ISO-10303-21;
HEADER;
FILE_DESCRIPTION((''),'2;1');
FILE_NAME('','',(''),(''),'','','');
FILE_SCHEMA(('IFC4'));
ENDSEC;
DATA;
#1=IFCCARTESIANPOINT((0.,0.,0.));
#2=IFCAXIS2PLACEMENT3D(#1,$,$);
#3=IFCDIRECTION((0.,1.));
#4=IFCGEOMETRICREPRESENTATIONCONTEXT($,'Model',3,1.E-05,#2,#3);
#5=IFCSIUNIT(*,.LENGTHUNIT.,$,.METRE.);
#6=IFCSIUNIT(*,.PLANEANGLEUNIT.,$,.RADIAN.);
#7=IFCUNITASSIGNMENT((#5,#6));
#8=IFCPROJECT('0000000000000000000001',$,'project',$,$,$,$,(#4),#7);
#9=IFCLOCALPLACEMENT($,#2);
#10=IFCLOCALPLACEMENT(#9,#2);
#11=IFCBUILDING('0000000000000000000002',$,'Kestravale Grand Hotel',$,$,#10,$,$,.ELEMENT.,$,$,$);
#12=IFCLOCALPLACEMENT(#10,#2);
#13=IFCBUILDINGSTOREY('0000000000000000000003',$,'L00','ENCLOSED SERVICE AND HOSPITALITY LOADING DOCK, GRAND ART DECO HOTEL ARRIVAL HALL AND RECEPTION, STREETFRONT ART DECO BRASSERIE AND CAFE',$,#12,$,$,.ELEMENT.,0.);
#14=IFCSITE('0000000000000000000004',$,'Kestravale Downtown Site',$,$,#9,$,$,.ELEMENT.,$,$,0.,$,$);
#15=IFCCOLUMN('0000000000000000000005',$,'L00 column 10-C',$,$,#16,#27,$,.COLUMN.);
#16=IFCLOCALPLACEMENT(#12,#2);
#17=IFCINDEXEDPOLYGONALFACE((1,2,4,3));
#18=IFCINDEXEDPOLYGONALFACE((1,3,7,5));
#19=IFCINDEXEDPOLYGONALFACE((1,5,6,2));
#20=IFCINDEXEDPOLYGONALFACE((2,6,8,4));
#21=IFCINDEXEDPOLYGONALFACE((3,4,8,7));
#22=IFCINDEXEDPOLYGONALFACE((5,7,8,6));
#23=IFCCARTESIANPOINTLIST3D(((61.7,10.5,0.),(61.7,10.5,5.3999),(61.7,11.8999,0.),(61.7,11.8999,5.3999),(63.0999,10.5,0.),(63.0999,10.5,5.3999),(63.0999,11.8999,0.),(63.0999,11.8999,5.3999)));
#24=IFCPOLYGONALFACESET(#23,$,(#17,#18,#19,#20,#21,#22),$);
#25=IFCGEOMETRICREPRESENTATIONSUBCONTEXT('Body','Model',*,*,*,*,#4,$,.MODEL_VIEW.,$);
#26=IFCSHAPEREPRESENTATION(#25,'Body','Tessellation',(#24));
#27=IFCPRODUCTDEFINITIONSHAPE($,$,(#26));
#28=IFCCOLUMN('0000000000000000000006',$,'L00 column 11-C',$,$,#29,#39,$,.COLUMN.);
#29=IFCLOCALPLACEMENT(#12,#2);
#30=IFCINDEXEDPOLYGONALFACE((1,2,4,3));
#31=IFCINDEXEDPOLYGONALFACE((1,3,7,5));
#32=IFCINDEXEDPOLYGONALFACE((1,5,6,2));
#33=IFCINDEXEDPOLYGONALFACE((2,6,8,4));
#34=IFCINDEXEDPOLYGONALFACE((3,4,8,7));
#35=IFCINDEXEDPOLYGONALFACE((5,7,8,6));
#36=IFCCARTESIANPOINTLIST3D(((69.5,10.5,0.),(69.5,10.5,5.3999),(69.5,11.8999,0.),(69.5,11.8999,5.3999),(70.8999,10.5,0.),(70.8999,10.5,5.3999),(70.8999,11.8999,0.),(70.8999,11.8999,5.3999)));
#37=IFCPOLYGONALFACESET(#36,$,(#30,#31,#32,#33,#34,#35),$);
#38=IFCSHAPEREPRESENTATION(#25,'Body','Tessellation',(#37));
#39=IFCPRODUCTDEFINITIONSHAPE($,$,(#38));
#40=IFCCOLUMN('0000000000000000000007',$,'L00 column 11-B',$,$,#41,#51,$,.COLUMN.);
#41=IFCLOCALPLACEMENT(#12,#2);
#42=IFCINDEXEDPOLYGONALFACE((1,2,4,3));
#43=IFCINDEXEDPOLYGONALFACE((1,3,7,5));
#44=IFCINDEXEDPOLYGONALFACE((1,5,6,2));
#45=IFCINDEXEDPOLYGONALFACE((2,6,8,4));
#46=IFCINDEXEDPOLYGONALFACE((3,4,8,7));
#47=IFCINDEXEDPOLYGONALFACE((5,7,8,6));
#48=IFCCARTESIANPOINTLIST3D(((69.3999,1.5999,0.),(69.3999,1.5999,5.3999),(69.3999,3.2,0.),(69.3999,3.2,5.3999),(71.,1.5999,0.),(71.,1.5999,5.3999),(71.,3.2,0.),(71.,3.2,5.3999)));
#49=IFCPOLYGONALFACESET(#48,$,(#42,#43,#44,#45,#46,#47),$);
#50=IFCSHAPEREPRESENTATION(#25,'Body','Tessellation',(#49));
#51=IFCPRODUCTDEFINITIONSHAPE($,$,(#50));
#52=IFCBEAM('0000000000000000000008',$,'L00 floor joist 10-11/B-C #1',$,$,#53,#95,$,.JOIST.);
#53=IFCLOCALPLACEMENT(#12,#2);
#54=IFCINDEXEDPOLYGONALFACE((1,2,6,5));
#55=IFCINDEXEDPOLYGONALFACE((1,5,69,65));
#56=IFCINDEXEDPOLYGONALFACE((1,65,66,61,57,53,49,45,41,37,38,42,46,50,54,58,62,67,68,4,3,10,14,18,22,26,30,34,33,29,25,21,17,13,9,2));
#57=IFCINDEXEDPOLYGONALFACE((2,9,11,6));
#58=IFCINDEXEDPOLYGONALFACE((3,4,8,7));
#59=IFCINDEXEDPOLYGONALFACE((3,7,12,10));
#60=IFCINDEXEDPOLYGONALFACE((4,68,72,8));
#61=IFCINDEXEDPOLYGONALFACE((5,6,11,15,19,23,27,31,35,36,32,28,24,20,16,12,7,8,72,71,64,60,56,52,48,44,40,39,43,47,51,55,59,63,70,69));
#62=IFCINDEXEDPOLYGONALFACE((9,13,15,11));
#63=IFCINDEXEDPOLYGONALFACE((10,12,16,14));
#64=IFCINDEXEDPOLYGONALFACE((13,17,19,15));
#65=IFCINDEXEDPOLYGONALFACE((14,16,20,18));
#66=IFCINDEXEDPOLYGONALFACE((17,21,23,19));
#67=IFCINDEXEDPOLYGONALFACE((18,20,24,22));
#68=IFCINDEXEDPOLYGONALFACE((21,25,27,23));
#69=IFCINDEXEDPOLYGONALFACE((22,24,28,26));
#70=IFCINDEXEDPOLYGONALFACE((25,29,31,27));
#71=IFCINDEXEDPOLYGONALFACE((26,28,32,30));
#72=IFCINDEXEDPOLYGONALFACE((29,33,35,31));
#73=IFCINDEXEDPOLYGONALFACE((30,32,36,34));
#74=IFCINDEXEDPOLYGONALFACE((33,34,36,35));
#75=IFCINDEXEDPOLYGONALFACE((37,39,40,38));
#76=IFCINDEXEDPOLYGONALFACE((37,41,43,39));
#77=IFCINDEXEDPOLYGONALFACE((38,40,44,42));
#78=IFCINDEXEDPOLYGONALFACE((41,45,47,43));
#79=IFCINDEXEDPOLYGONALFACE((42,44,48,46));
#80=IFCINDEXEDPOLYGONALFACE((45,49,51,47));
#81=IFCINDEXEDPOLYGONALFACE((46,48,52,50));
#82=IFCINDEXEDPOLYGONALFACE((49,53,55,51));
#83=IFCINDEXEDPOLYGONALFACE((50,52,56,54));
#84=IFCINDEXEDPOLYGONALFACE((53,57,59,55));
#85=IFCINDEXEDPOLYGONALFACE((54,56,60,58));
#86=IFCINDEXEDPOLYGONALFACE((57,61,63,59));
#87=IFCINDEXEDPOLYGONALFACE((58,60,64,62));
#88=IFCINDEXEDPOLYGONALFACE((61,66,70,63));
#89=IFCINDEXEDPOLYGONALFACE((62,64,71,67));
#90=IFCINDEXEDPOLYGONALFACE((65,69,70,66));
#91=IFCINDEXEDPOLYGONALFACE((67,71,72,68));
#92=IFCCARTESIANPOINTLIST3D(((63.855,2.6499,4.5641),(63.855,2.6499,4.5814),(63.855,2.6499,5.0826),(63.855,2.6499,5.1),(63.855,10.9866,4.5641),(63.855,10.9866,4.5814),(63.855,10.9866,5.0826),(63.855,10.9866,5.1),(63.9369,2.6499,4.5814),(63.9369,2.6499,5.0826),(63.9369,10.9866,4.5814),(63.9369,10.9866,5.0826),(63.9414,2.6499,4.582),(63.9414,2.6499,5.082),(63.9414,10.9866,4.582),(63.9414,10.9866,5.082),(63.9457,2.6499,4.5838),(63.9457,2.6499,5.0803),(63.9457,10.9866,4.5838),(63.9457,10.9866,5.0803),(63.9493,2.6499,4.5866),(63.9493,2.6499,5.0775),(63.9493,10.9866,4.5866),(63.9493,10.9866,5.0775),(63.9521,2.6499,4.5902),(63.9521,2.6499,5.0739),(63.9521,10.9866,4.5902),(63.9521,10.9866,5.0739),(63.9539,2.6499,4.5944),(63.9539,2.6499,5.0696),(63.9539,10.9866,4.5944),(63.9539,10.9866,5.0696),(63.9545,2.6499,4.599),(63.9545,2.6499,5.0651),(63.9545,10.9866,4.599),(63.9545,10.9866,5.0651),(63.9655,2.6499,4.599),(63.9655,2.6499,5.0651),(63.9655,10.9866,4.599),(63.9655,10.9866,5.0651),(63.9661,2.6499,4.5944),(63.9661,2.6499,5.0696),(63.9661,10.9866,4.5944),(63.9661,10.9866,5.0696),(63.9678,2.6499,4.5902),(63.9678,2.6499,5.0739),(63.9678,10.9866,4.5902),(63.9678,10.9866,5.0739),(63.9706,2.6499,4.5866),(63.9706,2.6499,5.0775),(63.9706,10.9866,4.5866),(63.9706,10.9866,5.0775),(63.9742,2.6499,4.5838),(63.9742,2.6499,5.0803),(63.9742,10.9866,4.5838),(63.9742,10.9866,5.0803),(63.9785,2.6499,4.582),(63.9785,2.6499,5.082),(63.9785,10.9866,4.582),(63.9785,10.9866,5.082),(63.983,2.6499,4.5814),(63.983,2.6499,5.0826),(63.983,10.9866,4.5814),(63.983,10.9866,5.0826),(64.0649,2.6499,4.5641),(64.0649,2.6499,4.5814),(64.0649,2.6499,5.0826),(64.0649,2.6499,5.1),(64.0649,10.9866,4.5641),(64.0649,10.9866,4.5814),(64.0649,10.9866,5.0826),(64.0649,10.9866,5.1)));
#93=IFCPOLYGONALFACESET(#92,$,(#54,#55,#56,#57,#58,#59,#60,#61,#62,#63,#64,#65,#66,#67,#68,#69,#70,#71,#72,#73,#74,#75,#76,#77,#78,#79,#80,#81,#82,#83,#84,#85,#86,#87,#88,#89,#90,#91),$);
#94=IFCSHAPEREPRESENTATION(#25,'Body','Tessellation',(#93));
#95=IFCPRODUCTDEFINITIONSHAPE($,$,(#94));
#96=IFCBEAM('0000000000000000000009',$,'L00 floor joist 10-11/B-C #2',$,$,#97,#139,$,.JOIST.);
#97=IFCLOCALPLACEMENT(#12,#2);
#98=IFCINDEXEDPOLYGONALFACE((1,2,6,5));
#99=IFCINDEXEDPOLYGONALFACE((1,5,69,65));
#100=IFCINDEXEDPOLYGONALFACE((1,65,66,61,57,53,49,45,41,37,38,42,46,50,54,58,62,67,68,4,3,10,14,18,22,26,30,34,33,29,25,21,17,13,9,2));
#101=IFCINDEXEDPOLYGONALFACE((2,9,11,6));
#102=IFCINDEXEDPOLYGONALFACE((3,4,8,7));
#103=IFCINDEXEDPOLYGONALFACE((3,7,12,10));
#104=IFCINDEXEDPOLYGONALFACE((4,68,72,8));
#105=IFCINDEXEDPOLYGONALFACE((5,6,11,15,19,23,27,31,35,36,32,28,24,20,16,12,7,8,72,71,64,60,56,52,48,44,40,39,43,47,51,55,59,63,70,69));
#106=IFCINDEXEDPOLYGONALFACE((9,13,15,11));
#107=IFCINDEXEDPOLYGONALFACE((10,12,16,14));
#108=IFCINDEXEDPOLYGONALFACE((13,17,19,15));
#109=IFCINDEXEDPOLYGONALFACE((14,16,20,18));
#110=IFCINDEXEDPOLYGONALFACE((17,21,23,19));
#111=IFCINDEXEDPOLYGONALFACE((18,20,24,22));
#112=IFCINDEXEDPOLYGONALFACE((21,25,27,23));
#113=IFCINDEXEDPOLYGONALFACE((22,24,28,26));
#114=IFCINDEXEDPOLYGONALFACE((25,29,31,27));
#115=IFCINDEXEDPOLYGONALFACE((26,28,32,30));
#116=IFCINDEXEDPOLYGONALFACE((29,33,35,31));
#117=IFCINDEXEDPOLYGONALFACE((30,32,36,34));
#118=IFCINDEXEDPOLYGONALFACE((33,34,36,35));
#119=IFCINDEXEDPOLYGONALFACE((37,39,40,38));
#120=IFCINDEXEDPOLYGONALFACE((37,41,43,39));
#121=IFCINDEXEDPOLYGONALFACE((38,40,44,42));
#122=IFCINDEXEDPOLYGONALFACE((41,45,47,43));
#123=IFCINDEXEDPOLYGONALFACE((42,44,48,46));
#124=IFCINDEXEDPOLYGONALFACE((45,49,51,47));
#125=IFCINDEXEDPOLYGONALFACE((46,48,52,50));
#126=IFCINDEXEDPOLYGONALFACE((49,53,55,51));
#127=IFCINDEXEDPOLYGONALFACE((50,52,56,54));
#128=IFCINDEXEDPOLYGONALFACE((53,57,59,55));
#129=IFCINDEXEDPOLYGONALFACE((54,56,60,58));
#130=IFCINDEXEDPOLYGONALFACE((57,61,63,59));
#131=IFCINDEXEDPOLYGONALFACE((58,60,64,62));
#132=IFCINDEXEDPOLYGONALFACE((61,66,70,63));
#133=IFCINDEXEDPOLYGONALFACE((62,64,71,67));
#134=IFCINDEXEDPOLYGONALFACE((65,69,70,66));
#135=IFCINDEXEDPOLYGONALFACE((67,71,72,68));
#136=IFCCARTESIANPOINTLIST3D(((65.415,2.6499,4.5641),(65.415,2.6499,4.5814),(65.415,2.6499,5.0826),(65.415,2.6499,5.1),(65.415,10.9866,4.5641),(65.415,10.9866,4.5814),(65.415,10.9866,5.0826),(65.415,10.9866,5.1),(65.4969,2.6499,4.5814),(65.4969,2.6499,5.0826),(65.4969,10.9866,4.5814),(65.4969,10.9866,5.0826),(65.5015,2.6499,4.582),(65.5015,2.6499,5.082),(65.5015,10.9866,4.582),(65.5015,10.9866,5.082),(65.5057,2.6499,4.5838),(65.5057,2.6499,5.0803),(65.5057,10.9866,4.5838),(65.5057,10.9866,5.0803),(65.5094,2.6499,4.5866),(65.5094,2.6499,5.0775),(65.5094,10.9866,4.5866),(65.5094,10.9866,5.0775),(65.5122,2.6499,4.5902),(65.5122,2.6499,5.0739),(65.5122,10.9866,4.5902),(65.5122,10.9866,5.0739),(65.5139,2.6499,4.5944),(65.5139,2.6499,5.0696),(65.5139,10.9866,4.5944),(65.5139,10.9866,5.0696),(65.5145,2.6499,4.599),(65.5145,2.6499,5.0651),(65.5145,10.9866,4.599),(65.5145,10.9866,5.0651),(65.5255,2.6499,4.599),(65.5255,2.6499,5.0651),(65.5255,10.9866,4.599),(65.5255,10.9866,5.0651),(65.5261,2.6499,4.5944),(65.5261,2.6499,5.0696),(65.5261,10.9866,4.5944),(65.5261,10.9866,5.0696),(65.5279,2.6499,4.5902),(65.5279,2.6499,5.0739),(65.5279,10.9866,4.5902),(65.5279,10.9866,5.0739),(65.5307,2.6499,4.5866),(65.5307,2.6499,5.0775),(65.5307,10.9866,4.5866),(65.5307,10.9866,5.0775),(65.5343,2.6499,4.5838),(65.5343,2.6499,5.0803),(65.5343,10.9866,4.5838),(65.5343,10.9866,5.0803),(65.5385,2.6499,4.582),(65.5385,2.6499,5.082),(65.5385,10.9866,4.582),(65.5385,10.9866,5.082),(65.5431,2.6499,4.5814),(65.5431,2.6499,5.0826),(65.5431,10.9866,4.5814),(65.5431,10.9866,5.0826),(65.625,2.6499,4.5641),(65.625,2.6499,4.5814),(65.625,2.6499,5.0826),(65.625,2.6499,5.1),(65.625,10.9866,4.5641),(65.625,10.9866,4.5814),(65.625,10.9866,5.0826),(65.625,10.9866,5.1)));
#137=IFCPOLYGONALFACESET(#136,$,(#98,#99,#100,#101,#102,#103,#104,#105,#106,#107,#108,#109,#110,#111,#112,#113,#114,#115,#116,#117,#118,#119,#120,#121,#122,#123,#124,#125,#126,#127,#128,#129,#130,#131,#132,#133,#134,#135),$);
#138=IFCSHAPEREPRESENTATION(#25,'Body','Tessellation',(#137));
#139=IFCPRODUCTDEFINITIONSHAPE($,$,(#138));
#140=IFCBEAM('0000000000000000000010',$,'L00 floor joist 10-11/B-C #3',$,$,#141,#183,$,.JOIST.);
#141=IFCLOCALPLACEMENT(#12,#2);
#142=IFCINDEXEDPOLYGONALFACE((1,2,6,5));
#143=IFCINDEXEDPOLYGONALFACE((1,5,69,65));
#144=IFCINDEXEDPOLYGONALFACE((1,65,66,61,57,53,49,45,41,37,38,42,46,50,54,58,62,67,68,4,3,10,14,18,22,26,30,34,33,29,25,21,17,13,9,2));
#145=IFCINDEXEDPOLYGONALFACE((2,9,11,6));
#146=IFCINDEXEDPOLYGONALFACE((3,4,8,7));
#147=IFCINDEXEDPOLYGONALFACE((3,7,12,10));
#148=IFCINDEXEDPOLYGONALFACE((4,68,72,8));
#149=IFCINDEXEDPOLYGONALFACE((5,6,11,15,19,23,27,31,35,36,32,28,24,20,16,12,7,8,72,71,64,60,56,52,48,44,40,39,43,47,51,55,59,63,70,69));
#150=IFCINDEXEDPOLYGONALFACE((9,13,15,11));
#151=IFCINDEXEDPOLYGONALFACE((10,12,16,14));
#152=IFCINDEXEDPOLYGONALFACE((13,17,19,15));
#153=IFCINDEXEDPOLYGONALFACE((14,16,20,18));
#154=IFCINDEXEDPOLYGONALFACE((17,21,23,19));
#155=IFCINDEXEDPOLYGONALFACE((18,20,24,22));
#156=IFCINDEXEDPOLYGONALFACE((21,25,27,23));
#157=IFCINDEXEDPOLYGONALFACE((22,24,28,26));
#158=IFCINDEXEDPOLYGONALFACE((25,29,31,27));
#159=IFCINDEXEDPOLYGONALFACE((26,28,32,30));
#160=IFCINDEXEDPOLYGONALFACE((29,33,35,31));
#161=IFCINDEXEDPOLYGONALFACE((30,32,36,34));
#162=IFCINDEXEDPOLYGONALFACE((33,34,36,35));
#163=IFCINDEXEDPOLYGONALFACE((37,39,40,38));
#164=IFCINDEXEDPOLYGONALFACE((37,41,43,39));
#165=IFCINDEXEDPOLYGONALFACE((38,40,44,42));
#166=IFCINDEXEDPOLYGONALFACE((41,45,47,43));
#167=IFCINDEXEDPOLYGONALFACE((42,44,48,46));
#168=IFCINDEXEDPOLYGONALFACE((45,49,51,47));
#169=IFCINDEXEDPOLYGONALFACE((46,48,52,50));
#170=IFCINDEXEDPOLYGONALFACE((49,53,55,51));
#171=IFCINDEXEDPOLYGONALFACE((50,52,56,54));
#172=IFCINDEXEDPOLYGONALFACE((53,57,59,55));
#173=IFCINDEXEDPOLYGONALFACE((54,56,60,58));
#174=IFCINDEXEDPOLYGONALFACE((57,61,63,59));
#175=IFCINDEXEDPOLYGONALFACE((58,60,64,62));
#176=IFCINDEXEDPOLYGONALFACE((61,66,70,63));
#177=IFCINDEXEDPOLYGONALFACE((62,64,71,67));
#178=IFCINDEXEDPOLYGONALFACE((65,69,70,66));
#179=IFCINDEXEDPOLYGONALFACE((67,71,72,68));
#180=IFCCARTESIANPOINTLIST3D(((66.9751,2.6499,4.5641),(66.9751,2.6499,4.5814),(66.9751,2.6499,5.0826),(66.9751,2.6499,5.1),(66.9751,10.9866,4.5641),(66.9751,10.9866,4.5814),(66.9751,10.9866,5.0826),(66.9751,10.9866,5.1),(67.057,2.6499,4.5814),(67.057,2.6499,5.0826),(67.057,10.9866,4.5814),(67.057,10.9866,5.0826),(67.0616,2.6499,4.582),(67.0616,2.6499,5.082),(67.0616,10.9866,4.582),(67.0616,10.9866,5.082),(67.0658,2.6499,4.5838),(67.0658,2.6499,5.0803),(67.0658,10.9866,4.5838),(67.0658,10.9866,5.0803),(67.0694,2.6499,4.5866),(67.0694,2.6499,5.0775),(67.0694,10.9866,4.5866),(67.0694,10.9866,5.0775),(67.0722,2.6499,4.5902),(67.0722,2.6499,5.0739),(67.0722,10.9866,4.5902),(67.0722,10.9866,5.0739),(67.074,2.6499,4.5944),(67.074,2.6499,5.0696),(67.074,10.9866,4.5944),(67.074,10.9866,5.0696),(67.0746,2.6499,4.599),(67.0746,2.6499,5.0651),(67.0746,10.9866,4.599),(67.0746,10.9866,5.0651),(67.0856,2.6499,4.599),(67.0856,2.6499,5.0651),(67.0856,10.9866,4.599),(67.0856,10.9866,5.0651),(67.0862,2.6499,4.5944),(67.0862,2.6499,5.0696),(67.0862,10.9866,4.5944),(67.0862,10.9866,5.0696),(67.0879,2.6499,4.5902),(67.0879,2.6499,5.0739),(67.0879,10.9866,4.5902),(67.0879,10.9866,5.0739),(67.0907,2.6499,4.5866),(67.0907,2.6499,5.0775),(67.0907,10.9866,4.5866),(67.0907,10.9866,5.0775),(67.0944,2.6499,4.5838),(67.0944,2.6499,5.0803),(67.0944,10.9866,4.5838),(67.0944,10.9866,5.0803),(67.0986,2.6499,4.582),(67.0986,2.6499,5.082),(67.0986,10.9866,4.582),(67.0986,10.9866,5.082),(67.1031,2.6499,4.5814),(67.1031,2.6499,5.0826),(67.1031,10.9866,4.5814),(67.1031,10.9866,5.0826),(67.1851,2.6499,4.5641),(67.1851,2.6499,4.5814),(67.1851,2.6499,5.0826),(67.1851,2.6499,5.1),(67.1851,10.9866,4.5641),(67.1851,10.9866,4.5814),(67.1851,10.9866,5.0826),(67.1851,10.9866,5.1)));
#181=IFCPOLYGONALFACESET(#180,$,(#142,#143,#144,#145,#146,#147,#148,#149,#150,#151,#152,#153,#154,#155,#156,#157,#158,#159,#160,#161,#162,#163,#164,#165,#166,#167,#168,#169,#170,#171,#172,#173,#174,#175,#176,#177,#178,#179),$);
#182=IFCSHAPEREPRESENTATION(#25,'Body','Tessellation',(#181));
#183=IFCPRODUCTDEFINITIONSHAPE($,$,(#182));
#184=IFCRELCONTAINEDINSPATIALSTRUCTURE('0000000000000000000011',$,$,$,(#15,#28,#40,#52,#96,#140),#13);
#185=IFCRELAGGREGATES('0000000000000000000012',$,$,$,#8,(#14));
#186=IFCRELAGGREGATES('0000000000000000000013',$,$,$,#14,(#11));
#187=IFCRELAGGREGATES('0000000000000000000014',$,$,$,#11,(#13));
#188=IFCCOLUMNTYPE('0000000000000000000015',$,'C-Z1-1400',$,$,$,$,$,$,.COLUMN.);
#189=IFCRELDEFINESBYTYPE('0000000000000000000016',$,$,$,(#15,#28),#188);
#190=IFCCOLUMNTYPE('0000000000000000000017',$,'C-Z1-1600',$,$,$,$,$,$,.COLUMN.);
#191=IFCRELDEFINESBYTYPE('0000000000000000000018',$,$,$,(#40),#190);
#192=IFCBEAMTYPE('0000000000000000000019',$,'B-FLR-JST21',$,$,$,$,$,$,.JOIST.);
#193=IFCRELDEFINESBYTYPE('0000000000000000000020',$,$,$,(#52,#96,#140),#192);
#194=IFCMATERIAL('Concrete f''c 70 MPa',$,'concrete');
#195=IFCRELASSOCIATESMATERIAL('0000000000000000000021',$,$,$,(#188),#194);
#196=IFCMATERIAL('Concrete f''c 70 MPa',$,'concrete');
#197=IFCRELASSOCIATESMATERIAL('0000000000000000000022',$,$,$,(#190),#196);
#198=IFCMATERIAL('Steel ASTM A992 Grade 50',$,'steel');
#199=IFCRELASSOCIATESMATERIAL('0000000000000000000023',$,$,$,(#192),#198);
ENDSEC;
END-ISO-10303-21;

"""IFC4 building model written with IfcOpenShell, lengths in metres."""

from ifc_helpers import new_model, si_unit, direction, frame, origin, origin_2d, place, context, subcontext, project, spatial, rectangle, i_section, extrude, material, material_profile, profile_set, type_object, element, save


model = new_model("IFC4")

# Units and contexts
model_context = context("Model", 3, precision=1e-05, world=origin(), true_north=direction((0.0, 1.0)))
body_context = subcontext(model_context, "Body", "Model", "MODEL_VIEW")
ifc_project = project(units=[si_unit("LENGTHUNIT", "METRE"), si_unit("PLANEANGLEUNIT", "RADIAN")], contexts=[model_context])

# Site, building, storey
site_placement = place(None, origin())
site = spatial("IfcSite", under=ifc_project, at=site_placement, Name="Kestravale Downtown Site", CompositionType="ELEMENT", RefElevation=0.0)
building_placement = place(site_placement, origin())
building = spatial("IfcBuilding", under=site, at=building_placement, Name="Kestravale Grand Hotel", CompositionType="ELEMENT")
storey_placement = place(building_placement, origin())
storey = spatial("IfcBuildingStorey", under=building, at=storey_placement, Name="L00", Description="ENCLOSED SERVICE AND HOSPITALITY LOADING DOCK, GRAND ART DECO HOTEL ARRIVAL HALL AND RECEPTION, STREETFRONT ART DECO BRASSERIE AND CAFE", CompositionType="ELEMENT", Elevation=0.0)

# Columns
ifc_material_1 = material(Name="Concrete f'c 70 MPa", Category="concrete")
ifc_material_profile_1 = material_profile(ifc_material_1, rectangle(XDim=1.3999, YDim=1.3999, at=origin_2d()))
ifc_profile_set_1 = profile_set([ifc_material_profile_1], Name="Concrete f'c 70 MPa")
column_type_1 = type_object("IfcColumnType", Name="C-Z1-1400", PredefinedType="COLUMN", material=ifc_profile_set_1)
for number, where, z_axis, x_axis, name in (
    (1, (62.3999, 11.2, 0.0), (0.0, 0.0, 1.0), (1.0, 0.0, 0.0), "L00 column 10-C"),
    (2, (70.2, 11.2, 0.0), (0.0, 0.0, 1.0), (1.0, 0.0, 0.0), "L00 column 11-C"),
):
    element("IfcColumn", number, at=place(storey_placement, frame(where, z_axis=z_axis, x_axis=x_axis)), inside=storey, type_object=column_type_1, Name=name, PredefinedType="COLUMN", context=body_context, shape_type="SweptSolid", body=[
        extrude(rectangle(XDim=1.3999, YDim=1.3999, at=origin_2d()), origin(), (0.0, 0.0, 1.0), 5.3999),
    ])
ifc_material_2 = material(Name="Concrete f'c 70 MPa", Category="concrete")
ifc_material_profile_2 = material_profile(ifc_material_2, rectangle(XDim=1.6001, YDim=1.6001, at=origin_2d()))
ifc_profile_set_2 = profile_set([ifc_material_profile_2], Name="Concrete f'c 70 MPa")
column_type_2 = type_object("IfcColumnType", Name="C-Z1-1600", PredefinedType="COLUMN", material=ifc_profile_set_2)
column_placement = place(storey_placement, frame((70.2, 2.3999, 0.0), z_axis=(0.0, 0.0, 1.0), x_axis=(1.0, 0.0, 0.0)))
element("IfcColumn", 3, at=column_placement, inside=storey, type_object=column_type_2, Name="L00 column 11-B", PredefinedType="COLUMN", context=body_context, shape_type="SweptSolid", body=[
    extrude(rectangle(XDim=1.6001, YDim=1.6001, at=origin_2d()), origin(), (0.0, 0.0, 1.0), 5.3999),
])

# Beams
ifc_material_3 = material(Name="Steel ASTM A992 Grade 50", Category="steel")
ifc_material_profile_3 = material_profile(ifc_material_3, i_section(OverallWidth=0.21, OverallDepth=0.5359, WebThickness=0.011, FlangeThickness=0.0173, FilletRadius=0.0176, at=origin_2d()))
ifc_profile_set_3 = profile_set([ifc_material_profile_3], Name="Steel ASTM A992 Grade 50")
beam_type_1 = type_object("IfcBeamType", Name="B-FLR-JST21", PredefinedType="JOIST", material=ifc_profile_set_3)
for number, where, z_axis, x_axis, name in (
    (4, (63.96, 2.6499, 4.832), (0.0, 1.0, 0.0), (-1.0, 0.0, 0.0), "L00 floor joist 10-11/B-C #1"),
    (5, (65.52, 2.6499, 4.832), (0.0, 1.0, 0.0), (-1.0, 0.0, 0.0), "L00 floor joist 10-11/B-C #2"),
    (6, (67.0801, 2.6499, 4.832), (0.0, 1.0, 0.0), (-1.0, 0.0, 0.0), "L00 floor joist 10-11/B-C #3"),
):
    element("IfcBeam", number, at=place(storey_placement, frame(where, z_axis=z_axis, x_axis=x_axis)), inside=storey, type_object=beam_type_1, Name=name, PredefinedType="JOIST", context=body_context, shape_type="SweptSolid", body=[
        extrude(i_section(OverallWidth=0.21, OverallDepth=0.5359, WebThickness=0.011, FlangeThickness=0.0173, FilletRadius=0.0176, at=origin_2d()), origin(), (0.0, 0.0, 1.0), 8.3367),
    ])

save(model, "model.ifc")
